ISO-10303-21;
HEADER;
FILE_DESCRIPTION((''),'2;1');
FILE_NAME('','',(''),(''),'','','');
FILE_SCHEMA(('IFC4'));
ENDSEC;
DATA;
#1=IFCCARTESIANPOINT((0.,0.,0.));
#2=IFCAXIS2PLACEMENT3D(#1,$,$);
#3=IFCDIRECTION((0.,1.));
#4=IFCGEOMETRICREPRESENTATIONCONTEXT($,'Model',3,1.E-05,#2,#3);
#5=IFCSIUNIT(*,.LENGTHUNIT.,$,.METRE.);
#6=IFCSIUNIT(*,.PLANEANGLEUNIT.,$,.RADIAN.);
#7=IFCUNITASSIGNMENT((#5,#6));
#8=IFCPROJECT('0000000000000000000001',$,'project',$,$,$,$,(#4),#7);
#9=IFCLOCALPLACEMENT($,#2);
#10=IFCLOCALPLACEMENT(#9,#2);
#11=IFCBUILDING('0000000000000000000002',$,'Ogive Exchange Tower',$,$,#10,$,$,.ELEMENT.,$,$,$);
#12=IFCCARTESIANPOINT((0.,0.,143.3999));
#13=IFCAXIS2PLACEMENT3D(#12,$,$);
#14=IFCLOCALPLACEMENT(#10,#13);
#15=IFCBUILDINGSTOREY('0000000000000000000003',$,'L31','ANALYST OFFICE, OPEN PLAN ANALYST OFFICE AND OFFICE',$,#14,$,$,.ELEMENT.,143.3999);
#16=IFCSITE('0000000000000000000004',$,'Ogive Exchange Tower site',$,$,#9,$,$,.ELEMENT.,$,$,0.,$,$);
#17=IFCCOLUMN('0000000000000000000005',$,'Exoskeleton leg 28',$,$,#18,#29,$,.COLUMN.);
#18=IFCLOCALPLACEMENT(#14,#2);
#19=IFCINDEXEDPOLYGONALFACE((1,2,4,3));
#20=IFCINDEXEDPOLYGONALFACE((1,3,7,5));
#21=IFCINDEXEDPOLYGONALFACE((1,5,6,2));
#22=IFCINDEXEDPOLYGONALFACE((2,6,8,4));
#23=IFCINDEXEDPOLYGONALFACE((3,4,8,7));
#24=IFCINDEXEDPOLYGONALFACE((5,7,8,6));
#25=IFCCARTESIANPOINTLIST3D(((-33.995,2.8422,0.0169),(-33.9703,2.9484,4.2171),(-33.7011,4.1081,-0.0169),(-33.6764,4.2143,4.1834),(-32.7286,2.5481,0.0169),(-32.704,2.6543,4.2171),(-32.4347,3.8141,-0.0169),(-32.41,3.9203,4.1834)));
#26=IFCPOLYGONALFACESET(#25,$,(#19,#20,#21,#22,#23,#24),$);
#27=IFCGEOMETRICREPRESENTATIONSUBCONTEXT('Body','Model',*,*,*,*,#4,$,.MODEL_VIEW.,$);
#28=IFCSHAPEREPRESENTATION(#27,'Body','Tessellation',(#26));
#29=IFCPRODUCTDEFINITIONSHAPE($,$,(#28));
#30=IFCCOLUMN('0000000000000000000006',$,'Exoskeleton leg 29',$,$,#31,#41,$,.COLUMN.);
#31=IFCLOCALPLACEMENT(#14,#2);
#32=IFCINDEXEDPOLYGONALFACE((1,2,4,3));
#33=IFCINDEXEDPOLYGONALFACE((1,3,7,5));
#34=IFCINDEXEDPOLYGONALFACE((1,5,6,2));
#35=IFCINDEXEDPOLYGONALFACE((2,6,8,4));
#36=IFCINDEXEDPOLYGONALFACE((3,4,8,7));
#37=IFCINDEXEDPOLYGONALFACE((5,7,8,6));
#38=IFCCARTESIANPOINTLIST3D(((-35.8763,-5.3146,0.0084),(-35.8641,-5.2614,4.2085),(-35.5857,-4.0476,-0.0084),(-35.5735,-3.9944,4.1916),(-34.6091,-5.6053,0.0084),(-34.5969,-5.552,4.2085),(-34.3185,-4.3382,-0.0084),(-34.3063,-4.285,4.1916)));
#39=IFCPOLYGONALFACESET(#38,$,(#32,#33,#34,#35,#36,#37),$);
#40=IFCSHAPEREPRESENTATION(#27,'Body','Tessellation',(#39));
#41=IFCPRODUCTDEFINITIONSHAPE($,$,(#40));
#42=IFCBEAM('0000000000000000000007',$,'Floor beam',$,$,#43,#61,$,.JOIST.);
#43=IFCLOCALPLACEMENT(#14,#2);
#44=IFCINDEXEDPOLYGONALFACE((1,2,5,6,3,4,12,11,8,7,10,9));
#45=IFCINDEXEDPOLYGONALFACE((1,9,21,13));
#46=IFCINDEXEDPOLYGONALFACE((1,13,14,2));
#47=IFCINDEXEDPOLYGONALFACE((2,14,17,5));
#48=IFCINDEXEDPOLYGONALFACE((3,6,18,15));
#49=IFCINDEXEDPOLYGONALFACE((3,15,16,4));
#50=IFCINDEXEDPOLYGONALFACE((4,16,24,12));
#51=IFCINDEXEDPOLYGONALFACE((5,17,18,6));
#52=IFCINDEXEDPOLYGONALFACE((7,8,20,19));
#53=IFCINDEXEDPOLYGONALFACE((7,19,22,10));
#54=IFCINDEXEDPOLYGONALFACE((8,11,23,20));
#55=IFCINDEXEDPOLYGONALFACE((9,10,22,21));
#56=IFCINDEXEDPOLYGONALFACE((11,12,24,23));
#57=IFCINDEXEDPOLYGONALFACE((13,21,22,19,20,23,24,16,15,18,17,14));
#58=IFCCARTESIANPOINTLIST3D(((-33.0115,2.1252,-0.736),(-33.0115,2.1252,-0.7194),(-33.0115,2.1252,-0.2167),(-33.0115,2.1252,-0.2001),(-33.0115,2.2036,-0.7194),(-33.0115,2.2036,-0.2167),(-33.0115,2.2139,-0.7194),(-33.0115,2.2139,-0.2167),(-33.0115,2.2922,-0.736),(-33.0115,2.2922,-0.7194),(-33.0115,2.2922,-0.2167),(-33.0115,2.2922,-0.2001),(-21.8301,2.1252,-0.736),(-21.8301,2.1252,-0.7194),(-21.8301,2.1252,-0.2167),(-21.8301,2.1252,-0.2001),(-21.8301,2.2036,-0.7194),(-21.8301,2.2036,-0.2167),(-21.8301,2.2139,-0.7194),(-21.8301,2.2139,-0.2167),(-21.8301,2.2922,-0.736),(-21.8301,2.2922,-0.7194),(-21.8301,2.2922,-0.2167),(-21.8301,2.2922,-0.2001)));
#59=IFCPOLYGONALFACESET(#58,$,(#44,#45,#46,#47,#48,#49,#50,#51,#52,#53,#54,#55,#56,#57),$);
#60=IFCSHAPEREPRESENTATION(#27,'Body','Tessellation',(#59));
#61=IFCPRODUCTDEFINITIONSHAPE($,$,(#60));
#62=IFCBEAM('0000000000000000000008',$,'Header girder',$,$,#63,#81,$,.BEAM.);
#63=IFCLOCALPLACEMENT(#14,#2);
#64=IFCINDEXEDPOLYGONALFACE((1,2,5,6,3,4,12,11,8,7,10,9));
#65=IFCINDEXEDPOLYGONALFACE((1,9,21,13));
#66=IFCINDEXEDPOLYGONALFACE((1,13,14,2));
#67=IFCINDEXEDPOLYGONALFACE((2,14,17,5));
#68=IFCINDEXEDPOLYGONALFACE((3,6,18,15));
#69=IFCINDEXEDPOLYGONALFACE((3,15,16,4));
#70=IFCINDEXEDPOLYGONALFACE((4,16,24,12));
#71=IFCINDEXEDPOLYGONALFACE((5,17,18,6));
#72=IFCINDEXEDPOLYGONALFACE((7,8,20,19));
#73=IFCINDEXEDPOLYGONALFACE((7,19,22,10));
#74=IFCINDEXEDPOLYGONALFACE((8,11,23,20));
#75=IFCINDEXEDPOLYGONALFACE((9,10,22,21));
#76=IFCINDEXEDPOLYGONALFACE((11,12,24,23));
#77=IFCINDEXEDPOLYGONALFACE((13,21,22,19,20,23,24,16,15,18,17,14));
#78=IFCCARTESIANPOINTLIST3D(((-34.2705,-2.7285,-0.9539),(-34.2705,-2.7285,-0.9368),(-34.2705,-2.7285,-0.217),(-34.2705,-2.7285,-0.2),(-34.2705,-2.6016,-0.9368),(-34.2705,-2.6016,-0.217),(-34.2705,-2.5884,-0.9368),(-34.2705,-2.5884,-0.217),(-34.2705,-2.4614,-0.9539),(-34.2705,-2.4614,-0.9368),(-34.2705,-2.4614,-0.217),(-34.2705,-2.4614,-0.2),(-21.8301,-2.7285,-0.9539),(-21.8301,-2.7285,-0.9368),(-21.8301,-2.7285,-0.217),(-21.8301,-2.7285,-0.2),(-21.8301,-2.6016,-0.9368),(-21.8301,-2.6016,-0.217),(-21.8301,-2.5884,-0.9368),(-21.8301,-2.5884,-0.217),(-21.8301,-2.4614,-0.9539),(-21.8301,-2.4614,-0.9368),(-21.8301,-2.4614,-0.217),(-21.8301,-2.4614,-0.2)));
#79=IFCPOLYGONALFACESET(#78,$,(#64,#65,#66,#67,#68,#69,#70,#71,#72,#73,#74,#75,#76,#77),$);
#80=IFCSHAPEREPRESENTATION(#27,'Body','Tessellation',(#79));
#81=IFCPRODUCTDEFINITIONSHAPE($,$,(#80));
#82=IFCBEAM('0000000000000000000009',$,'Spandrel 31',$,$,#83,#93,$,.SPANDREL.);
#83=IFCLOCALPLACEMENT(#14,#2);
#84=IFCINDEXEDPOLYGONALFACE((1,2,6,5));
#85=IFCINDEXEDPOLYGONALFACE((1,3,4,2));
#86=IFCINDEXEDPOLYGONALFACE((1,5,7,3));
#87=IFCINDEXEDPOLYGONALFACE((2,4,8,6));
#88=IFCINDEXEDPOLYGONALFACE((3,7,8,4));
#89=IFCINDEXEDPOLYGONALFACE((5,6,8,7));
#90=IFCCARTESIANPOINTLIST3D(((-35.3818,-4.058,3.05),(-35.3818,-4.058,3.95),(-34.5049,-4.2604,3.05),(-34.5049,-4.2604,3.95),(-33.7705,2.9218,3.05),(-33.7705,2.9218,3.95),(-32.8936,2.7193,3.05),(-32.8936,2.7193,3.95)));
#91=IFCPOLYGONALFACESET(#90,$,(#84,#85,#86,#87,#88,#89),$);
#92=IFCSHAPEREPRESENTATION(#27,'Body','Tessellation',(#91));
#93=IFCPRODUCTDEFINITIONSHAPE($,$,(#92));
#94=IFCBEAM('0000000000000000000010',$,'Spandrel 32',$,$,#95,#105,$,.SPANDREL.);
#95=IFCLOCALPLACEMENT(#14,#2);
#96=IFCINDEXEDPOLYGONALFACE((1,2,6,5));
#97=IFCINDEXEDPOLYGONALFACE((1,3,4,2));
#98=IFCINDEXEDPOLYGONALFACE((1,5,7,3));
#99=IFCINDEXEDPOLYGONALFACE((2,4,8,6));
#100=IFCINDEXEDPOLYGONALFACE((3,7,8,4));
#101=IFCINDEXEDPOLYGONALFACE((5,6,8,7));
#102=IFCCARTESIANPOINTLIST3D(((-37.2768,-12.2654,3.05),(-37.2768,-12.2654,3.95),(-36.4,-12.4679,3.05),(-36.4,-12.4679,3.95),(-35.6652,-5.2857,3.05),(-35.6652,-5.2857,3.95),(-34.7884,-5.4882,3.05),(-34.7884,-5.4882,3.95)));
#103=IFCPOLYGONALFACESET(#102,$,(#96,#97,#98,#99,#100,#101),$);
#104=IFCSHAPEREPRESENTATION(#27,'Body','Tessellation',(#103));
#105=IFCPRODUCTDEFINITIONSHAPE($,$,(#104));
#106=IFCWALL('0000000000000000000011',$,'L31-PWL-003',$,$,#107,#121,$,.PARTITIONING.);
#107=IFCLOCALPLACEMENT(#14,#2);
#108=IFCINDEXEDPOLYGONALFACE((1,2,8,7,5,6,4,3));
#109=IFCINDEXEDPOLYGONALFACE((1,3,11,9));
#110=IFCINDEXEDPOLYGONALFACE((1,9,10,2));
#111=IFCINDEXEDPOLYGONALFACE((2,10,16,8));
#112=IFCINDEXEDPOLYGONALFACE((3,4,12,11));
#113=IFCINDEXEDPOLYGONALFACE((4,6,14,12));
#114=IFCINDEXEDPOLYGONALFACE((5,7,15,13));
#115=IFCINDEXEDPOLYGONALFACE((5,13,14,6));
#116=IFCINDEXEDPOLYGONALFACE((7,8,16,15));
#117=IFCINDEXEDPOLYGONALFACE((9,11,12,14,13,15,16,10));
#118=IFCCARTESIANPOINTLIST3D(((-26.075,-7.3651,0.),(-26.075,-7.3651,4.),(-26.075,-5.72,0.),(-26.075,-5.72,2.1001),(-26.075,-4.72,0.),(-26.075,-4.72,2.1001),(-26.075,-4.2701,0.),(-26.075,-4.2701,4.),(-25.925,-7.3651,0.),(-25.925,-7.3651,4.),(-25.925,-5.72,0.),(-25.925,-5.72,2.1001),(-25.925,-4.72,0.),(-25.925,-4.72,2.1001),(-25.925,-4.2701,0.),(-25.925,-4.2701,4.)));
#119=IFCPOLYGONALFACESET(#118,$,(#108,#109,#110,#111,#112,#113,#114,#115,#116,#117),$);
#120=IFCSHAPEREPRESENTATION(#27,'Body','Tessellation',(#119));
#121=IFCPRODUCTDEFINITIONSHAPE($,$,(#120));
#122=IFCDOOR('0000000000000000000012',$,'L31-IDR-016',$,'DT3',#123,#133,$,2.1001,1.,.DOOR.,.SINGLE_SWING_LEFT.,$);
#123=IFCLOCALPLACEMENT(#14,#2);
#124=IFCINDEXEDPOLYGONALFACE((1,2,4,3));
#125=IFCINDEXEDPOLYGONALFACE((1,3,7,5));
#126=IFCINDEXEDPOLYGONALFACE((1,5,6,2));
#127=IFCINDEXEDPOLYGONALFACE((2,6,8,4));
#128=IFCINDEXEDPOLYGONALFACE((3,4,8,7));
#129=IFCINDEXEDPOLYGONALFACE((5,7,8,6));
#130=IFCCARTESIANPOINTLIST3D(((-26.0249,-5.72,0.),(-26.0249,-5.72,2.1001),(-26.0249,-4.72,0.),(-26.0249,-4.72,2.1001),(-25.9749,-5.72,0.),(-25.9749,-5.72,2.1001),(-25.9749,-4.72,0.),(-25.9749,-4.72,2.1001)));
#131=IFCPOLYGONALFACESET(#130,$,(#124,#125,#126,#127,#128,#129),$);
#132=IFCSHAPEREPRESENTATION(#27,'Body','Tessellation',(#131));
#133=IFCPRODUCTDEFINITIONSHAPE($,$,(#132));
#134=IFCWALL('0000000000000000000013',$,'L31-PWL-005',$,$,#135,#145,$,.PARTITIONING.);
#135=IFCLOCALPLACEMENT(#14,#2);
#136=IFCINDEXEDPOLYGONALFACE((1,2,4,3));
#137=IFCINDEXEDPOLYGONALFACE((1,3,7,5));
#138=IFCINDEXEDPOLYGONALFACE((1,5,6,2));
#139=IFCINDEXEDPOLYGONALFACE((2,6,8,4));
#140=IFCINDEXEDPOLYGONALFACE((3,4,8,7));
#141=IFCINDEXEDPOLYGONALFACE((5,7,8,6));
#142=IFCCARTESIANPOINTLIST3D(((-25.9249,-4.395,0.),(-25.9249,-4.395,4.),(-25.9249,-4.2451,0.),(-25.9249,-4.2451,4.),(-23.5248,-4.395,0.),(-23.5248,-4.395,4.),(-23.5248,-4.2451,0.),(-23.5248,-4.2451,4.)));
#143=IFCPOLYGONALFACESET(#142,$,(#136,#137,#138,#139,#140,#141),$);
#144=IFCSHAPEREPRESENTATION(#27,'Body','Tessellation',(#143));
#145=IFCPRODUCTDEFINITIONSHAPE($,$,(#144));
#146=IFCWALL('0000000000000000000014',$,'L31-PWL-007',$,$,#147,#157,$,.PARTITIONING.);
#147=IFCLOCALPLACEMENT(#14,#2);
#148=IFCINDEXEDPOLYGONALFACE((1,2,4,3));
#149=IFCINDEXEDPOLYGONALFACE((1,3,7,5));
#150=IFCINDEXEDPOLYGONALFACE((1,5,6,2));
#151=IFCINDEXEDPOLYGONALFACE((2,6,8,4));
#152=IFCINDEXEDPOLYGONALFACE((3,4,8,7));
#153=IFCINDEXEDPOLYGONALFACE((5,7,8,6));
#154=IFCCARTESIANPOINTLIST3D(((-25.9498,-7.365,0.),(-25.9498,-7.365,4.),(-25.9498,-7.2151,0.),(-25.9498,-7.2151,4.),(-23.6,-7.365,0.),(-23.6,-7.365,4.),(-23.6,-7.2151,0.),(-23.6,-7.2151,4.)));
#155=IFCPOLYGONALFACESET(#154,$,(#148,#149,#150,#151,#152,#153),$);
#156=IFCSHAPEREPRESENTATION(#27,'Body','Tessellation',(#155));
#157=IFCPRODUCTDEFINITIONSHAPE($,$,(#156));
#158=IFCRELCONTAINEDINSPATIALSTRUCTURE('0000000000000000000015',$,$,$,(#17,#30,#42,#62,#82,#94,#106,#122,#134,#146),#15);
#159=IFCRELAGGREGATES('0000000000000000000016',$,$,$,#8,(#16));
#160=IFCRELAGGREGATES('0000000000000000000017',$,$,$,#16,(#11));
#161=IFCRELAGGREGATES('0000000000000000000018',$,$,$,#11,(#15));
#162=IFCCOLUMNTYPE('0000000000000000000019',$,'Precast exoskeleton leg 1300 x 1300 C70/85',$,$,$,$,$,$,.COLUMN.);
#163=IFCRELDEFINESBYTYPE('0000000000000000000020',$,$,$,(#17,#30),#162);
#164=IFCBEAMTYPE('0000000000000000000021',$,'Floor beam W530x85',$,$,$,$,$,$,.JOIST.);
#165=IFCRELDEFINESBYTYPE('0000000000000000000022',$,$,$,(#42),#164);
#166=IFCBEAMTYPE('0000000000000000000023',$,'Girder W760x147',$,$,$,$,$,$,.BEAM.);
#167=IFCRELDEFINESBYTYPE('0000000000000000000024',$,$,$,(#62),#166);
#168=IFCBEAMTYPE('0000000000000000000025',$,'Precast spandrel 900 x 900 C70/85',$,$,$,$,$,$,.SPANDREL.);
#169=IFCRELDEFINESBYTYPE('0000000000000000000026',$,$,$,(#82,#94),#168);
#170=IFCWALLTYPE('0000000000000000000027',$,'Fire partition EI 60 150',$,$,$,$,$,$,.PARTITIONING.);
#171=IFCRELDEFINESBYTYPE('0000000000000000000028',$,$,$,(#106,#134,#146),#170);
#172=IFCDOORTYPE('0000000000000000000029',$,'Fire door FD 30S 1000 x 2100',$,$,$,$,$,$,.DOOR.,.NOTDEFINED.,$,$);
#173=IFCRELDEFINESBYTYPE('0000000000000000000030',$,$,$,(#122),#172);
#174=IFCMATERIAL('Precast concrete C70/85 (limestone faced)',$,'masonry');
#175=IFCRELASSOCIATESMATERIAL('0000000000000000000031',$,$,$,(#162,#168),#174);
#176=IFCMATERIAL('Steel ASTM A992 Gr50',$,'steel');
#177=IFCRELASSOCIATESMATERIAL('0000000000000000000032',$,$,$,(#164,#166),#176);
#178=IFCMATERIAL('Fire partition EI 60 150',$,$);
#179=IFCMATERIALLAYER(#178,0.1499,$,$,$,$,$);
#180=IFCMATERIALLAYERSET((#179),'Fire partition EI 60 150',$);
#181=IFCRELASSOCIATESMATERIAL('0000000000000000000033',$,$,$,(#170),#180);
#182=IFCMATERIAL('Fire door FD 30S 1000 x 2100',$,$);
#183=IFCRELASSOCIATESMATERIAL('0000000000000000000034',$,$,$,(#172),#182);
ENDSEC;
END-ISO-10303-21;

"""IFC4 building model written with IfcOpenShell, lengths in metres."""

from ifc_helpers import new_model, si_unit, direction, frame, frame_2d, origin, origin_2d, place, context, subcontext, project, spatial, rectangle, i_section, extrude, material, layer, layer_set, material_profile, profile_set, type_object, element, fill, save


model = new_model("IFC4")

# Units and contexts
model_context = context("Model", 3, precision=1e-05, world=origin(), true_north=direction((0.0, 1.0)))
body_context = subcontext(model_context, "Body", "Model", "MODEL_VIEW")
ifc_project = project(units=[si_unit("LENGTHUNIT", "METRE"), si_unit("PLANEANGLEUNIT", "RADIAN")], contexts=[model_context])

# Site, building, storey
site_placement = place(None, origin())
site = spatial("IfcSite", under=ifc_project, at=site_placement, Name="Ogive Exchange Tower site", CompositionType="ELEMENT", RefElevation=0.0)
building_placement = place(site_placement, origin())
building = spatial("IfcBuilding", under=site, at=building_placement, Name="Ogive Exchange Tower", CompositionType="ELEMENT")
storey_placement = place(building_placement, frame((0.0, 0.0, 143.3999)))
storey = spatial("IfcBuildingStorey", under=building, at=storey_placement, Name="L31", Description="ANALYST OFFICE, OPEN PLAN ANALYST OFFICE AND OFFICE", CompositionType="ELEMENT", Elevation=143.3999)

# Columns
ifc_material_1 = material(Name="Precast concrete C70/85 (limestone faced)", Category="masonry")
ifc_material_profile_1 = material_profile(ifc_material_1, rectangle(XDim=1.3, YDim=1.3, at=origin_2d()), Name="1300 x 1300")
ifc_profile_set_1 = profile_set([ifc_material_profile_1], Name="Precast concrete C70/85 (limestone faced)")
column_type = type_object("IfcColumnType", Name="Precast exoskeleton leg 1300 x 1300 C70/85", PredefinedType="COLUMN", material=ifc_profile_set_1)
column_1_placement = place(storey_placement, frame((-33.2148, 3.3281, 0.0), z_axis=(0.005869, 0.025276, 0.999663), x_axis=(-0.974088, 0.226168, 0.0)))
element("IfcColumn", 1, at=column_1_placement, inside=storey, type_object=column_type, Name="Exoskeleton leg 28", PredefinedType="COLUMN", context=body_context, shape_type="SweptSolid", body=[
    extrude(rectangle(XDim=1.3, YDim=1.3, at=origin_2d()), origin(), (0.0, 0.0, 1.0), 4.2017),
])
column_2_placement = place(storey_placement, frame((-35.0974, -4.8264, 0.0), z_axis=(0.002906, 0.01267, 0.999916), x_axis=(-0.974692, 0.223553, 0.0)))
element("IfcColumn", 2, at=column_2_placement, inside=storey, type_object=column_type, Name="Exoskeleton leg 29", PredefinedType="COLUMN", context=body_context, shape_type="SweptSolid", body=[
    extrude(rectangle(XDim=1.3, YDim=1.3, at=origin_2d()), origin(), (0.0, 0.0, 1.0), 4.2004),
])

# Beams
ifc_material_2 = material(Name="Steel ASTM A992 Gr50", Category="steel")
ifc_material_profile_2 = material_profile(ifc_material_2, i_section(OverallWidth=0.167, OverallDepth=0.5359, WebThickness=0.0103, FlangeThickness=0.0166, at=origin_2d()), Name="W530x85")
ifc_profile_set_2 = profile_set([ifc_material_profile_2], Name="Steel ASTM A992 Gr50")
beam_type_1 = type_object("IfcBeamType", Name="Floor beam W530x85", PredefinedType="JOIST", material=ifc_profile_set_2)
beam_1_placement = place(storey_placement, frame((-33.0115, 2.2087, -0.468), z_axis=(1.0, 0.0, 0.0), x_axis=(0.0, 1.0, 0.0)))
element("IfcBeam", 3, at=beam_1_placement, inside=storey, type_object=beam_type_1, Name="Floor beam", PredefinedType="JOIST", context=body_context, shape_type="SweptSolid", body=[
    extrude(i_section(OverallWidth=0.167, OverallDepth=0.5359, WebThickness=0.0103, FlangeThickness=0.0166, at=origin_2d()), origin(), (0.0, 0.0, 1.0), 11.1814),
])
ifc_material_profile_3 = material_profile(ifc_material_2, i_section(OverallWidth=0.2671, OverallDepth=0.7539, WebThickness=0.0132, FlangeThickness=0.0171, at=origin_2d()), Name="W760x147")
ifc_profile_set_3 = profile_set([ifc_material_profile_3], Name="Steel ASTM A992 Gr50")
beam_type_2 = type_object("IfcBeamType", Name="Girder W760x147", PredefinedType="BEAM", material=ifc_profile_set_3)
beam_2_placement = place(storey_placement, frame((-34.2705, -2.595, -0.5769), z_axis=(1.0, 0.0, 0.0), x_axis=(0.0, 1.0, 0.0)))
element("IfcBeam", 4, at=beam_2_placement, inside=storey, type_object=beam_type_2, Name="Header girder", PredefinedType="BEAM", context=body_context, shape_type="SweptSolid", body=[
    extrude(i_section(OverallWidth=0.2671, OverallDepth=0.7539, WebThickness=0.0132, FlangeThickness=0.0171, at=origin_2d()), origin(), (0.0, 0.0, 1.0), 12.4404),
])
ifc_material_profile_4 = material_profile(ifc_material_1, rectangle(XDim=0.8999, YDim=0.8999, at=origin_2d()), Name="900 x 900")
ifc_profile_set_4 = profile_set([ifc_material_profile_4], Name="Precast concrete C70/85 (limestone faced)")
beam_type_3 = type_object("IfcBeamType", Name="Precast spandrel 900 x 900 C70/85", PredefinedType="SPANDREL", material=ifc_profile_set_4)
for number, where, z_axis, x_axis, name in (
    (5, (-33.332, 2.8206, 3.5), (-0.224942, -0.974372, 0.0), (0.974372, -0.224942, 0.0), "Spandrel 31"),
    (6, (-35.2268, -5.387, 3.5), (-0.224974, -0.974365, 0.0), (0.974365, -0.224974, 0.0), "Spandrel 32"),
):
    element("IfcBeam", number, at=place(storey_placement, frame(where, z_axis=z_axis, x_axis=x_axis)), inside=storey, type_object=beam_type_3, Name=name, PredefinedType="SPANDREL", context=body_context, shape_type="SweptSolid", body=[
        extrude(rectangle(XDim=0.8999, YDim=0.8999, at=origin_2d()), origin(), (0.0, 0.0, 1.0), 7.1633),
    ])

# Wall, opening, door
ifc_material_3 = material(Name="Fire partition EI 60 150")
ifc_layer_1 = layer(ifc_material_3, 0.1499)
ifc_layer_set_1 = layer_set([ifc_layer_1], Name="Fire partition EI 60 150")
wall_type_1 = type_object("IfcWallType", Name="Fire partition EI 60 150", PredefinedType="PARTITIONING", material=ifc_layer_set_1)
wall_1_placement = place(storey_placement, frame((-26.0, -7.365, 0.0), z_axis=(0.0, 0.0, 1.0), x_axis=(0.0, 1.0, 0.0)))
wall_1 = element("IfcWall", 7, at=wall_1_placement, inside=storey, type_object=wall_type_1, Name="L31-PWL-003", PredefinedType="PARTITIONING", context=body_context, shape_type="SweptSolid", body=[
    extrude(rectangle(XDim=3.095, YDim=0.1499, at=frame_2d((1.5474, 0.0))), origin(), (0.0, 0.0, 1.0), 4.0),
])
opening_1_placement = place(wall_1_placement, frame((1.645, 0.0, 0.0)))
opening_1 = element("IfcOpeningElement", 8, at=opening_1_placement, cuts=wall_1, PredefinedType="OPENING", context=body_context, shape_type="SweptSolid", body=[
    extrude(rectangle(XDim=1.0, YDim=2.1001, at=frame_2d((0.5, 1.05))), frame((0.0, 0.085, 0.0), z_axis=(0.0, -1.0, 0.0), x_axis=(1.0, 0.0, 0.0)), (0.0, 0.0, 1.0), 0.1699),
])
ifc_material_4 = material(Name="Fire door FD 30S 1000 x 2100")
door_type_1 = type_object("IfcDoorType", Name="Fire door FD 30S 1000 x 2100", OperationType="NOTDEFINED", PredefinedType="DOOR", material=ifc_material_4)
door_1_placement = place(opening_1_placement, origin())
door_1 = element("IfcDoor", 9, at=door_1_placement, inside=storey, type_object=door_type_1, Name="L31-IDR-016", ObjectType="DT3", OperationType="SINGLE_SWING_LEFT", OverallHeight=2.1001, OverallWidth=1.0, PredefinedType="DOOR", context=body_context, shape_type="SweptSolid", body=[
    extrude(rectangle(XDim=1.0, YDim=2.1001, at=frame_2d((0.5, 1.05))), frame((0.0, 0.0249, 0.0), z_axis=(0.0, -1.0, 0.0), x_axis=(1.0, 0.0, 0.0)), (0.0, 0.0, 1.0), 0.05),
])
fill(opening_1, door_1)

# Walls
wall_2_placement = place(storey_placement, frame((-25.925, -4.3201, 0.0), z_axis=(0.0, 0.0, 1.0), x_axis=(1.0, 0.0, 0.0)))
element("IfcWall", 10, at=wall_2_placement, inside=storey, type_object=wall_type_1, Name="L31-PWL-005", PredefinedType="PARTITIONING", context=body_context, shape_type="SweptSolid", body=[
    extrude(rectangle(XDim=2.4001, YDim=0.1499, at=frame_2d((1.2002, 0.0))), origin(), (0.0, 0.0, 1.0), 4.0),
])
wall_3_placement = place(storey_placement, frame((-23.6001, -7.29, 0.0), z_axis=(0.0, 0.0, 1.0), x_axis=(-1.0, 0.0, 0.0)))
element("IfcWall", 11, at=wall_3_placement, inside=storey, type_object=wall_type_1, Name="L31-PWL-007", PredefinedType="PARTITIONING", context=body_context, shape_type="SweptSolid", body=[
    extrude(rectangle(XDim=2.3499, YDim=0.1499, at=frame_2d((1.1748, 0.0))), origin(), (0.0, 0.0, 1.0), 4.0),
])

save(model, "model.ifc")
